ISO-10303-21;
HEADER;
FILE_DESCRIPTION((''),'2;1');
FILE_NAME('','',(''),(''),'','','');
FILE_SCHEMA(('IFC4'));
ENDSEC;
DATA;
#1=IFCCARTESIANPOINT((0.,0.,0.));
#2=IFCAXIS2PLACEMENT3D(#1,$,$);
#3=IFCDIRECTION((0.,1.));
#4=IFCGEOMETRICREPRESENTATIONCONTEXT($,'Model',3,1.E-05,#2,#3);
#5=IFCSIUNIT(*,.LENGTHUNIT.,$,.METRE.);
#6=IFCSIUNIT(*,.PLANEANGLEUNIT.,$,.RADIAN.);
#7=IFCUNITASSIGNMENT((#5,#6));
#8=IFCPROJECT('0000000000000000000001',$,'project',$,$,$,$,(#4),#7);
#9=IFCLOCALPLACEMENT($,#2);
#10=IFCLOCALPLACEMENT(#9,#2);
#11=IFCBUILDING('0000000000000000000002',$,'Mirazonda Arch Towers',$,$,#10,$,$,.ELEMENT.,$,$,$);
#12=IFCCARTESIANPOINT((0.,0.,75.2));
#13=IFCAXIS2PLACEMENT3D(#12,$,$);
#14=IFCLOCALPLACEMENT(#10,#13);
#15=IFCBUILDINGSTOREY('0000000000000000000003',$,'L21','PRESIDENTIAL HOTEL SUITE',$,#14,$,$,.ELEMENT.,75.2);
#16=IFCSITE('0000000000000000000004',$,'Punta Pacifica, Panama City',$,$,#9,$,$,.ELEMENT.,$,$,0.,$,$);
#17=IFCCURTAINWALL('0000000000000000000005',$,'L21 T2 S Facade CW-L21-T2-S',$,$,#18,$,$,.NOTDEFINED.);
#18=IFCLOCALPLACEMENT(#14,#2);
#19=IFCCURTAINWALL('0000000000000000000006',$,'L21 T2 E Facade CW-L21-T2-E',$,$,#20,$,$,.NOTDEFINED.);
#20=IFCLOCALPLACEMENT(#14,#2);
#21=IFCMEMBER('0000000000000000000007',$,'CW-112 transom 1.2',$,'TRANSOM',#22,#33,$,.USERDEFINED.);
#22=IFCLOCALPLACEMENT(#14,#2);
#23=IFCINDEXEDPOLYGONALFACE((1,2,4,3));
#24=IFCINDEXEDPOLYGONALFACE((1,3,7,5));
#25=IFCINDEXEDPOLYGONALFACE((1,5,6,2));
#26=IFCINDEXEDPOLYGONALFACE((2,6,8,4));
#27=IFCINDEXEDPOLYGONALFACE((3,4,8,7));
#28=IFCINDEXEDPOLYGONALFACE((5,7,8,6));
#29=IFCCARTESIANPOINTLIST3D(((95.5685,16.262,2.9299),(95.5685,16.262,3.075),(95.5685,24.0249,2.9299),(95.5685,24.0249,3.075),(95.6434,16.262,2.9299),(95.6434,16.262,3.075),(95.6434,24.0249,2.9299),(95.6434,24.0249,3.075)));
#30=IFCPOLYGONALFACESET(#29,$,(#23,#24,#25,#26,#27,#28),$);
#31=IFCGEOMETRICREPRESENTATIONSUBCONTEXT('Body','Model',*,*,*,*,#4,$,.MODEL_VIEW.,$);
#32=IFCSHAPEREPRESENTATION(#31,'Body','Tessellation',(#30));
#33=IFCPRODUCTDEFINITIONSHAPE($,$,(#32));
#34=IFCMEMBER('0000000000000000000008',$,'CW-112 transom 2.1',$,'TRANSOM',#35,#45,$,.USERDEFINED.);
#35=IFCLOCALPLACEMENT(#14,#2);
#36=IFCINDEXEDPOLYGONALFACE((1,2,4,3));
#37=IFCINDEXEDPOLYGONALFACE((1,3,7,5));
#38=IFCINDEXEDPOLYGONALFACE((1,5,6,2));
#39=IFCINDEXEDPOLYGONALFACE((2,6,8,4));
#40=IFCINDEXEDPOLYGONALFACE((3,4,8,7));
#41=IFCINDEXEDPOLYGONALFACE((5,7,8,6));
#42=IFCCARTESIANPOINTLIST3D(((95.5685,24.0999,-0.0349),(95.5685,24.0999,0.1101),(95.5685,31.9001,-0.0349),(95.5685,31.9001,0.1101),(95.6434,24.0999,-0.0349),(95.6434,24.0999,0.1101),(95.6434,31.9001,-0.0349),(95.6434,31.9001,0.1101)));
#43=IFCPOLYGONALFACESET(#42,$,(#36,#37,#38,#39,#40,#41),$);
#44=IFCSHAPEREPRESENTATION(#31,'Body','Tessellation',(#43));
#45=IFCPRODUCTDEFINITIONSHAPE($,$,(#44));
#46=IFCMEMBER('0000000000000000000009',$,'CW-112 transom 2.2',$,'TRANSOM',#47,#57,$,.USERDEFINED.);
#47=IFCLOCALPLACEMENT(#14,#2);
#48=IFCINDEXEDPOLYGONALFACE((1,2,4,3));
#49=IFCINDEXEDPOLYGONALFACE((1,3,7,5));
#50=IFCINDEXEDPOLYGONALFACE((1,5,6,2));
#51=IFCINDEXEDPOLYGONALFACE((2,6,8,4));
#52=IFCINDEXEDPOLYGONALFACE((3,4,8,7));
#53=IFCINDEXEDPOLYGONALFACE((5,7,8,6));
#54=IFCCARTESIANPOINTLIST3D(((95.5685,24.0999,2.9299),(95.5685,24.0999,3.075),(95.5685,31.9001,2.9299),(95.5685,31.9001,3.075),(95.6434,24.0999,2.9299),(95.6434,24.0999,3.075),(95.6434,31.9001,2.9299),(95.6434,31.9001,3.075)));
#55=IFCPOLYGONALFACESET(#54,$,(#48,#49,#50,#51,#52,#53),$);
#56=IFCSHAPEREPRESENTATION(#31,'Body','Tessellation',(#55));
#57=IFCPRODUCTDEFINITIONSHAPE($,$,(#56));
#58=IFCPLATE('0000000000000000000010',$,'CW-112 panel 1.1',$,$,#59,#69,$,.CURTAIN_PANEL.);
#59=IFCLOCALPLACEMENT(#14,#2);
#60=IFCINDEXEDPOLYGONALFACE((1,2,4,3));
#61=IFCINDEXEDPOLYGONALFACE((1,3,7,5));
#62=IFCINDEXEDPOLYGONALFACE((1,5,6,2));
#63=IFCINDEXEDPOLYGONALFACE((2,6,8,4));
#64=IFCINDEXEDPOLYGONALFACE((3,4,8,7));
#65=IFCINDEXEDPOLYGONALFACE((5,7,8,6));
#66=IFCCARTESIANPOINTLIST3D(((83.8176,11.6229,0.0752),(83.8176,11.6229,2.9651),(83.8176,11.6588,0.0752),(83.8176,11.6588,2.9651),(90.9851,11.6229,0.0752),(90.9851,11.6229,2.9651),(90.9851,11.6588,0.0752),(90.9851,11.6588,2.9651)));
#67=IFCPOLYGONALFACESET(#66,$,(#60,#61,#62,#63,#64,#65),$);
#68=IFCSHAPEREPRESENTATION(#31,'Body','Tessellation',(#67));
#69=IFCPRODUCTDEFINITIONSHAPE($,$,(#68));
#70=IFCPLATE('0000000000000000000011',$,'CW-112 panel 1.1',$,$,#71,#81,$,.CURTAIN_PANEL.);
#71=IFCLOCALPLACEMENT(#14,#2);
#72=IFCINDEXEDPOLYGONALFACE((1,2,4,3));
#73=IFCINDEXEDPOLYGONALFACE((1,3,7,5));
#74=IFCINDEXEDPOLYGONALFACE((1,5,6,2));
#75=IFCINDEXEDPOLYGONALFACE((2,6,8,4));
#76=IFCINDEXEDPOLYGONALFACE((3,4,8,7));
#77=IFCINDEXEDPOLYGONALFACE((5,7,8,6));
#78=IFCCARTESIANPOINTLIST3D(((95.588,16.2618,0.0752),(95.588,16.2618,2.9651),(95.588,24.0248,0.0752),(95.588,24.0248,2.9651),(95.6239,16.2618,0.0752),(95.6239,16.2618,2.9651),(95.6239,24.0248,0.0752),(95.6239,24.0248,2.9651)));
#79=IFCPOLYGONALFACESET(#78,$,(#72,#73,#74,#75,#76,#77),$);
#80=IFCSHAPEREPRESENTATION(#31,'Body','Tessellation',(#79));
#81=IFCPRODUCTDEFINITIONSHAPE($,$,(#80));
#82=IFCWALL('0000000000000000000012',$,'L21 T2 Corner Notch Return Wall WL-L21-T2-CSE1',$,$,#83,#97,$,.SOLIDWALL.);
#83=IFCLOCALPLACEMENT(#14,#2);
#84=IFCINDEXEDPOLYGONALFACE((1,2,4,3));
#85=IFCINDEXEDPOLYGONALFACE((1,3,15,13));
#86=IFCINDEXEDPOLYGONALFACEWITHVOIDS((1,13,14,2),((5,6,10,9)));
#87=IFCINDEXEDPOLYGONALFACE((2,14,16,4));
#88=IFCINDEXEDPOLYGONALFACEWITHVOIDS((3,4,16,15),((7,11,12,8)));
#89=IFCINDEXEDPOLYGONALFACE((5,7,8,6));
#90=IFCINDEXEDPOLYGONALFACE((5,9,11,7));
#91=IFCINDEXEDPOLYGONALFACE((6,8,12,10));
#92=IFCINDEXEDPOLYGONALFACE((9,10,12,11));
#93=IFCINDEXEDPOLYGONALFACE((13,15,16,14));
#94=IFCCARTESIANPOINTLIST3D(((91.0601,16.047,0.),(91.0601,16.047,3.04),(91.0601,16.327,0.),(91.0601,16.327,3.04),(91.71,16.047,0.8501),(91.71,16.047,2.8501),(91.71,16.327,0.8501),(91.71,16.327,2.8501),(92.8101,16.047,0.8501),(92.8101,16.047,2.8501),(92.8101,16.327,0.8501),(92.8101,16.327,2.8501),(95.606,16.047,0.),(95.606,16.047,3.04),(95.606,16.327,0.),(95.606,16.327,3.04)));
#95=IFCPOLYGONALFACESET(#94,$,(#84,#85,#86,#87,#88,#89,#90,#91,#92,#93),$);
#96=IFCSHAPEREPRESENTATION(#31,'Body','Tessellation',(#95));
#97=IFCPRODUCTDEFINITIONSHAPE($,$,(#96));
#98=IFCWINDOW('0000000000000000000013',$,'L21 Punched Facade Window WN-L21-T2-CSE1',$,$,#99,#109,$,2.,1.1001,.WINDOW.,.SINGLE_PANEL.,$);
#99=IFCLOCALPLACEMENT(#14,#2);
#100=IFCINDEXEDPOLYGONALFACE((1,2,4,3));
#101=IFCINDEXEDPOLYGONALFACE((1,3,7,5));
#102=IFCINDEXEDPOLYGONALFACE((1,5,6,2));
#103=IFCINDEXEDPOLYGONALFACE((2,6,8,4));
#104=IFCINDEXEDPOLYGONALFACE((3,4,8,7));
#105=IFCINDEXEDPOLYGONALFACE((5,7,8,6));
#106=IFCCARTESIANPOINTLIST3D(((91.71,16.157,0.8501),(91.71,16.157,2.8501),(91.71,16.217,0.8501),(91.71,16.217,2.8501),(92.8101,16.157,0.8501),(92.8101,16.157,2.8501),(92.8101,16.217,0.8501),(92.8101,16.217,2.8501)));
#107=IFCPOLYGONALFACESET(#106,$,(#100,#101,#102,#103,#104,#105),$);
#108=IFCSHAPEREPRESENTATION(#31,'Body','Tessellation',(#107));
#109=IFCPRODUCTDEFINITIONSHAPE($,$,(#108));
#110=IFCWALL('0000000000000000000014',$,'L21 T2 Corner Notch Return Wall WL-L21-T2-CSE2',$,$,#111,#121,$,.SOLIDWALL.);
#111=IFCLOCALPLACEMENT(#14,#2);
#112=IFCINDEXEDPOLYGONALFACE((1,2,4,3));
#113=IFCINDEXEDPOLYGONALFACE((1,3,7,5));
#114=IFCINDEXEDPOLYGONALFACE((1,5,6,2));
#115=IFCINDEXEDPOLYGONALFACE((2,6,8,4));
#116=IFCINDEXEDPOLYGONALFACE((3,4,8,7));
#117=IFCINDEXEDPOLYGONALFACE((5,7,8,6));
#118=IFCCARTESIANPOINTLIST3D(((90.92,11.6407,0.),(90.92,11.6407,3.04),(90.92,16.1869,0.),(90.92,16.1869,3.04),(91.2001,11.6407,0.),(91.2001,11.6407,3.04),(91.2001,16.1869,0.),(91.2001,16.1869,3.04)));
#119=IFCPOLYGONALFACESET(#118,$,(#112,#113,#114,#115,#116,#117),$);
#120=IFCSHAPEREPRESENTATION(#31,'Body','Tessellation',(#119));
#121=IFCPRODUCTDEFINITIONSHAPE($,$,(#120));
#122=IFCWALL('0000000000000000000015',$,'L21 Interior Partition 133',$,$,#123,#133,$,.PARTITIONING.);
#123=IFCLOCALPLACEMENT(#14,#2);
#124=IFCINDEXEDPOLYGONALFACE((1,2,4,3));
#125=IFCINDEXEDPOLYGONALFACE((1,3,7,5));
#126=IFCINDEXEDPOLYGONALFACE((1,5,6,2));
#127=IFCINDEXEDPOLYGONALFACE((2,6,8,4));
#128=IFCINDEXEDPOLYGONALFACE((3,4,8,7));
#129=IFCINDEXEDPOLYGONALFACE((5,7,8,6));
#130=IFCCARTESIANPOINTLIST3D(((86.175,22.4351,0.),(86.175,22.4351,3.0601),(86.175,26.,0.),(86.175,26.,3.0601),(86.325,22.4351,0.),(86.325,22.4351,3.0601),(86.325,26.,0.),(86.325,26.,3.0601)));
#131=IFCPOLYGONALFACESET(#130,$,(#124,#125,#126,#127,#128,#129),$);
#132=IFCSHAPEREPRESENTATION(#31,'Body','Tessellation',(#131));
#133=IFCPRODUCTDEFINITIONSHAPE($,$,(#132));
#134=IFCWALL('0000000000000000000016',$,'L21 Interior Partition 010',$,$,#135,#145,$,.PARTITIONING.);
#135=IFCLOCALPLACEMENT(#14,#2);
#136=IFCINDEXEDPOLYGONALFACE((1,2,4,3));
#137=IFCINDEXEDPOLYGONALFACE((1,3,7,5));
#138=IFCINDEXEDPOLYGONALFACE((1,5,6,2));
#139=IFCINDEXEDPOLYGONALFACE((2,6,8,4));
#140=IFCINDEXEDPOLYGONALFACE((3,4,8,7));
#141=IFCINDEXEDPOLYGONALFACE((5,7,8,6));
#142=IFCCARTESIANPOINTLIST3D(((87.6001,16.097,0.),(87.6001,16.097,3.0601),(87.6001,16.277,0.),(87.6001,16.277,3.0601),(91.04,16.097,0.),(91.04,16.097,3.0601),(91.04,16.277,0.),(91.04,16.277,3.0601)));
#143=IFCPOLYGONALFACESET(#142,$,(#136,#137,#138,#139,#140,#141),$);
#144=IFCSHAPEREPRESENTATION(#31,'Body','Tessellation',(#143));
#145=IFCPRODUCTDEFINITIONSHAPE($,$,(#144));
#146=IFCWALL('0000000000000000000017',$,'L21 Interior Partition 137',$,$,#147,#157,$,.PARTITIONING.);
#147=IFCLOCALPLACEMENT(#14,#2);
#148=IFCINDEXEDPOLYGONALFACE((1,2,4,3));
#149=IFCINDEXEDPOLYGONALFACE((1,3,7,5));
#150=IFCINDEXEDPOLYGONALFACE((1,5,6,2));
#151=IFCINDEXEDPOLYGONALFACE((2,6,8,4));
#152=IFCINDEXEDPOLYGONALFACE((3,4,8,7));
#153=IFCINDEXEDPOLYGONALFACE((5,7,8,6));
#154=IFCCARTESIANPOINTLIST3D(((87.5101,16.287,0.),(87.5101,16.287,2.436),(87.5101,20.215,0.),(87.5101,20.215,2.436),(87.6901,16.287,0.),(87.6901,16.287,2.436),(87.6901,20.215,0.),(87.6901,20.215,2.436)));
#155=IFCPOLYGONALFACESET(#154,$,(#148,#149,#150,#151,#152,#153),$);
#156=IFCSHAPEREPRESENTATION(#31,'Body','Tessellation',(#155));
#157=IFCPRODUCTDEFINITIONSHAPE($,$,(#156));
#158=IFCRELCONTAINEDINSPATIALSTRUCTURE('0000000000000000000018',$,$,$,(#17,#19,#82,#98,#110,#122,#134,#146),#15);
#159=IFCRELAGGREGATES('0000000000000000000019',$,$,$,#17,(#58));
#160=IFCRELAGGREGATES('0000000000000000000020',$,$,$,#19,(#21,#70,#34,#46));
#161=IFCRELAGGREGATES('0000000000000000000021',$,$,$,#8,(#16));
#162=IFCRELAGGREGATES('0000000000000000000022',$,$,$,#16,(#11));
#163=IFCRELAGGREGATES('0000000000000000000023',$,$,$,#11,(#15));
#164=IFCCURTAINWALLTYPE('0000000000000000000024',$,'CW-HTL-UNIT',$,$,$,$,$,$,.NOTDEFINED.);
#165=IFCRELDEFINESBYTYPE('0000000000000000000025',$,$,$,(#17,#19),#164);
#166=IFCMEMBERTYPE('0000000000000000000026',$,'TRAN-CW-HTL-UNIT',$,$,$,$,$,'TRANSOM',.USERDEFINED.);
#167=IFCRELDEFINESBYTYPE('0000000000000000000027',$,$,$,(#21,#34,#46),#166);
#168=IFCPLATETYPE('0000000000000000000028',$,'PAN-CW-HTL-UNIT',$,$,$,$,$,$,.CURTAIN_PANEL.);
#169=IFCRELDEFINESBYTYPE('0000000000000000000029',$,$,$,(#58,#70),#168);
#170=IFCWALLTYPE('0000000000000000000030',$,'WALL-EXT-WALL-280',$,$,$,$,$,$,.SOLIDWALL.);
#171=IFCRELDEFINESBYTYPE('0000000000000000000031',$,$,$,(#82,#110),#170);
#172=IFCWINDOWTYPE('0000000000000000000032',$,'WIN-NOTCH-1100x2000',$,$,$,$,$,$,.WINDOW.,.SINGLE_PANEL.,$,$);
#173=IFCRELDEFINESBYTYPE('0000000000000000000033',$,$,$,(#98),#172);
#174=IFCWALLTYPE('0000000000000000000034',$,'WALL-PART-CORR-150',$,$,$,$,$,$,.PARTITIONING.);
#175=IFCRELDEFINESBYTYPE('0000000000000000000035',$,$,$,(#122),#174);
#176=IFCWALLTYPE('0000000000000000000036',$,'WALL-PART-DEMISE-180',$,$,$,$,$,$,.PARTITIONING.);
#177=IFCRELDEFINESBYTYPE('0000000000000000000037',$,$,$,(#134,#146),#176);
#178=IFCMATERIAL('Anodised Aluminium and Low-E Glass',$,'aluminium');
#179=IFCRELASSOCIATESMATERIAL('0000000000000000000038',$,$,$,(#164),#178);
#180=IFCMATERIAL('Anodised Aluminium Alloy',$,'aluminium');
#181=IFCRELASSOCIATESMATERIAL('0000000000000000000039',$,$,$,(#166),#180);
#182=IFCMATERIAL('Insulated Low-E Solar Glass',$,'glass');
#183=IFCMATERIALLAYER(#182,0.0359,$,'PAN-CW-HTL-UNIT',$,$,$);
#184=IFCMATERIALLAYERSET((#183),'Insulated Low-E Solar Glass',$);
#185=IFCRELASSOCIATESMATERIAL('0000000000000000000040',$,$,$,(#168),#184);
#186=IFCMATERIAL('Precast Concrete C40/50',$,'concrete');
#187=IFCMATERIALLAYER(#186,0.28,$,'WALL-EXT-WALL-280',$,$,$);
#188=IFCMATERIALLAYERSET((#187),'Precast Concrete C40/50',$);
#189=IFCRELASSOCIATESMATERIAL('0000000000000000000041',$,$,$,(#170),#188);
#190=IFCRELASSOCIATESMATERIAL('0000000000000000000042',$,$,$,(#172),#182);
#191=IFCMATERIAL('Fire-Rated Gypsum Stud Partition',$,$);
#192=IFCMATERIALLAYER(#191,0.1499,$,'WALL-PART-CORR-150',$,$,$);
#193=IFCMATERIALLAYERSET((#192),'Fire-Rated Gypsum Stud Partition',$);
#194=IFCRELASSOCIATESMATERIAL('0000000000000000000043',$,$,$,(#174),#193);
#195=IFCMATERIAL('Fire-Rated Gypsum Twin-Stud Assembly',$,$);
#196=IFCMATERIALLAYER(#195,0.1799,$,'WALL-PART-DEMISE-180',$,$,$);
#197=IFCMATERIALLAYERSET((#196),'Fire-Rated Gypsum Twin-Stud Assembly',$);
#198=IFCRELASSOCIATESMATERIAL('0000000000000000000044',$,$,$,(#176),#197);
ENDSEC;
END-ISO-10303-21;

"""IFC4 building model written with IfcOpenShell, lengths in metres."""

from ifc_helpers import new_model, si_unit, direction, frame, frame_2d, origin, origin_2d, place, context, subcontext, project, spatial, rectangle, extrude, material, layer, layer_set, material_profile, profile_set, type_object, element, fill, aggregate, save


model = new_model("IFC4")

# Units and contexts
model_context = context("Model", 3, precision=1e-05, world=origin(), true_north=direction((0.0, 1.0)))
body_context = subcontext(model_context, "Body", "Model", "MODEL_VIEW")
ifc_project = project(units=[si_unit("LENGTHUNIT", "METRE"), si_unit("PLANEANGLEUNIT", "RADIAN")], contexts=[model_context])

# Site, building, storey
site_placement = place(None, origin())
site = spatial("IfcSite", under=ifc_project, at=site_placement, Name="Punta Pacifica, Panama City", CompositionType="ELEMENT", RefElevation=0.0)
building_placement = place(site_placement, origin())
building = spatial("IfcBuilding", under=site, at=building_placement, Name="Mirazonda Arch Towers", CompositionType="ELEMENT")
storey_placement = place(building_placement, frame((0.0, 0.0, 75.2)))
storey = spatial("IfcBuildingStorey", under=building, at=storey_placement, Name="L21", Description="PRESIDENTIAL HOTEL SUITE", CompositionType="ELEMENT", Elevation=75.2)

# Curtain wall
ifc_material_1 = material(Name="Anodised Aluminium and Low-E Glass", Category="aluminium")
curtain_wall_type = type_object("IfcCurtainWallType", Name="CW-HTL-UNIT", PredefinedType="NOTDEFINED", material=ifc_material_1)
curtain_wall_1_placement = place(storey_placement, origin())
curtain_wall_1 = element("IfcCurtainWall", 1, at=curtain_wall_1_placement, inside=storey, type_object=curtain_wall_type, Name="L21 T2 S Facade CW-L21-T2-S", PredefinedType="NOTDEFINED")
ifc_material_2 = material(Name="Anodised Aluminium Alloy", Category="aluminium")

# Curtain wall
curtain_wall_2_placement = place(storey_placement, origin())
curtain_wall_2 = element("IfcCurtainWall", 2, at=curtain_wall_2_placement, inside=storey, type_object=curtain_wall_type, Name="L21 T2 E Facade CW-L21-T2-E", PredefinedType="NOTDEFINED")

# Members
ifc_material_profile_1 = material_profile(ifc_material_2, rectangle(XDim=0.075, YDim=0.145, at=origin_2d()), Name="ALU-TRAN-75x145")
ifc_profile_set_1 = profile_set([ifc_material_profile_1], Name="Anodised Aluminium Alloy")
member_type_1 = type_object("IfcMemberType", Name="TRAN-CW-HTL-UNIT", ElementType="TRANSOM", PredefinedType="USERDEFINED", material=ifc_profile_set_1)
member_1_placement = place(storey_placement, frame((95.606, 16.262, 3.0024), z_axis=(0.0, 1.0, 0.0), x_axis=(-1.0, 0.0, 0.0)))
member_1 = element("IfcMember", 3, at=member_1_placement, type_object=member_type_1, Name="CW-112 transom 1.2", ObjectType="TRANSOM", PredefinedType="USERDEFINED", context=body_context, shape_type="SweptSolid", body=[
    extrude(rectangle(XDim=0.075, YDim=0.145, at=origin_2d()), origin(), (0.0, 0.0, 1.0), 7.7629),
])
member_2_placement = place(storey_placement, frame((95.606, 24.0999, 0.0376), z_axis=(0.0, 1.0, 0.0), x_axis=(-1.0, 0.0, 0.0)))
member_2 = element("IfcMember", 4, at=member_2_placement, type_object=member_type_1, Name="CW-112 transom 2.1", ObjectType="TRANSOM", PredefinedType="USERDEFINED", context=body_context, shape_type="SweptSolid", body=[
    extrude(rectangle(XDim=0.075, YDim=0.145, at=origin_2d()), origin(), (0.0, 0.0, 1.0), 7.8003),
])
member_3_placement = place(storey_placement, frame((95.606, 24.0999, 3.0024), z_axis=(0.0, 1.0, 0.0), x_axis=(-1.0, 0.0, 0.0)))
member_3 = element("IfcMember", 5, at=member_3_placement, type_object=member_type_1, Name="CW-112 transom 2.2", ObjectType="TRANSOM", PredefinedType="USERDEFINED", context=body_context, shape_type="SweptSolid", body=[
    extrude(rectangle(XDim=0.075, YDim=0.145, at=origin_2d()), origin(), (0.0, 0.0, 1.0), 7.8003),
])

# Plates
ifc_material_3 = material(Name="Insulated Low-E Solar Glass", Category="glass")
ifc_layer_1 = layer(ifc_material_3, 0.0359, Name="PAN-CW-HTL-UNIT")
ifc_layer_set_1 = layer_set([ifc_layer_1], Name="Insulated Low-E Solar Glass")
plate_type = type_object("IfcPlateType", Name="PAN-CW-HTL-UNIT", PredefinedType="CURTAIN_PANEL", material=ifc_layer_set_1)
plate_1_placement = place(storey_placement, frame((87.4014, 11.6409, 0.0752), z_axis=(0.0, 0.0, 1.0), x_axis=(-1.0, 0.0, 0.0)))
plate_1 = element("IfcPlate", 6, at=plate_1_placement, type_object=plate_type, Name="CW-112 panel 1.1", PredefinedType="CURTAIN_PANEL", context=body_context, shape_type="SweptSolid", body=[
    extrude(rectangle(XDim=7.1675, YDim=0.0359, at=origin_2d()), origin(), (0.0, 0.0, 1.0), 2.8899),
])
aggregate(curtain_wall_1, [plate_1])
plate_2_placement = place(storey_placement, frame((95.606, 20.1433, 0.0752), z_axis=(0.0, 0.0, 1.0), x_axis=(0.0, 1.0, 0.0)))
plate_2 = element("IfcPlate", 7, at=plate_2_placement, type_object=plate_type, Name="CW-112 panel 1.1", PredefinedType="CURTAIN_PANEL", context=body_context, shape_type="SweptSolid", body=[
    extrude(rectangle(XDim=7.7629, YDim=0.0359, at=origin_2d()), origin(), (0.0, 0.0, 1.0), 2.8899),
])
aggregate(curtain_wall_2, [member_1, plate_2, member_2, member_3])

# Wall, opening, window
ifc_material_4 = material(Name="Precast Concrete C40/50", Category="concrete")
ifc_layer_2 = layer(ifc_material_4, 0.28, Name="WALL-EXT-WALL-280")
ifc_layer_set_2 = layer_set([ifc_layer_2], Name="Precast Concrete C40/50")
wall_type_1 = type_object("IfcWallType", Name="WALL-EXT-WALL-280", PredefinedType="SOLIDWALL", material=ifc_layer_set_2)
wall_1_placement = place(storey_placement, frame((91.0601, 16.187, 0.0), z_axis=(0.0, 0.0, 1.0), x_axis=(1.0, 0.0, 0.0)))
wall_1 = element("IfcWall", 8, at=wall_1_placement, inside=storey, type_object=wall_type_1, Name="L21 T2 Corner Notch Return Wall WL-L21-T2-CSE1", PredefinedType="SOLIDWALL", context=body_context, shape_type="SweptSolid", body=[
    extrude(rectangle(XDim=4.5459, YDim=0.28, at=frame_2d((2.2729, 0.0))), origin(), (0.0, 0.0, 1.0), 3.04),
])
opening_1_placement = place(wall_1_placement, frame((0.6499, 0.0, 0.8501)))
opening_1 = element("IfcOpeningElement", 9, at=opening_1_placement, cuts=wall_1, PredefinedType="OPENING", context=body_context, shape_type="SweptSolid", body=[
    extrude(rectangle(XDim=1.1001, YDim=2.0, at=frame_2d((0.55, 1.0))), frame((0.0, 0.1499, 0.0), z_axis=(0.0, -1.0, 0.0), x_axis=(1.0, 0.0, 0.0)), (0.0, 0.0, 1.0), 0.3),
])
window_type = type_object("IfcWindowType", Name="WIN-NOTCH-1100x2000", PartitioningType="SINGLE_PANEL", PredefinedType="WINDOW", material=ifc_material_3)
window_placement = place(opening_1_placement, origin())
window = element("IfcWindow", 10, at=window_placement, inside=storey, type_object=window_type, Name="L21 Punched Facade Window WN-L21-T2-CSE1", OverallHeight=2.0, OverallWidth=1.1001, PartitioningType="SINGLE_PANEL", PredefinedType="WINDOW", context=body_context, shape_type="SweptSolid", body=[
    extrude(rectangle(XDim=1.1001, YDim=2.0, at=frame_2d((0.55, 1.0))), frame((0.0, 0.03, 0.0), z_axis=(0.0, -1.0, 0.0), x_axis=(1.0, 0.0, 0.0)), (0.0, 0.0, 1.0), 0.0601),
])
fill(opening_1, window)

# Walls
wall_2_placement = place(storey_placement, frame((91.0601, 11.6409, 0.0), z_axis=(0.0, 0.0, 1.0), x_axis=(0.0, 1.0, 0.0)))
element("IfcWall", 11, at=wall_2_placement, inside=storey, type_object=wall_type_1, Name="L21 T2 Corner Notch Return Wall WL-L21-T2-CSE2", PredefinedType="SOLIDWALL", context=body_context, shape_type="SweptSolid", body=[
    extrude(rectangle(XDim=4.5461, YDim=0.28, at=frame_2d((2.2729, 0.0))), origin(), (0.0, 0.0, 1.0), 3.04),
])
ifc_material_5 = material(Name="Fire-Rated Gypsum Stud Partition")
ifc_layer_3 = layer(ifc_material_5, 0.1499, Name="WALL-PART-CORR-150")
ifc_layer_set_3 = layer_set([ifc_layer_3], Name="Fire-Rated Gypsum Stud Partition")
wall_type_2 = type_object("IfcWallType", Name="WALL-PART-CORR-150", PredefinedType="PARTITIONING", material=ifc_layer_set_3)
wall_3_placement = place(storey_placement, frame((86.25, 22.4351, 0.0), z_axis=(0.0, 0.0, 1.0), x_axis=(0.0, 1.0, 0.0)))
element("IfcWall", 12, at=wall_3_placement, inside=storey, type_object=wall_type_2, Name="L21 Interior Partition 133", PredefinedType="PARTITIONING", context=body_context, shape_type="SweptSolid", body=[
    extrude(rectangle(XDim=3.5649, YDim=0.1499, at=frame_2d((1.7825, 0.0))), origin(), (0.0, 0.0, 1.0), 3.0601),
])
ifc_material_6 = material(Name="Fire-Rated Gypsum Twin-Stud Assembly")
ifc_layer_4 = layer(ifc_material_6, 0.1799, Name="WALL-PART-DEMISE-180")
ifc_layer_set_4 = layer_set([ifc_layer_4], Name="Fire-Rated Gypsum Twin-Stud Assembly")
wall_type_3 = type_object("IfcWallType", Name="WALL-PART-DEMISE-180", PredefinedType="PARTITIONING", material=ifc_layer_set_4)
wall_4_placement = place(storey_placement, frame((87.6001, 16.187, 0.0), z_axis=(0.0, 0.0, 1.0), x_axis=(1.0, 0.0, 0.0)))
element("IfcWall", 13, at=wall_4_placement, inside=storey, type_object=wall_type_3, Name="L21 Interior Partition 010", PredefinedType="PARTITIONING", context=body_context, shape_type="SweptSolid", body=[
    extrude(rectangle(XDim=3.4399, YDim=0.1799, at=frame_2d((1.72, 0.0))), origin(), (0.0, 0.0, 1.0), 3.0601),
])

# Wall
wall_5_placement = place(storey_placement, frame((87.6001, 16.2871, 0.0), z_axis=(0.0, 0.0, 1.0), x_axis=(0.0, 1.0, 0.0)))
element("IfcWall", 14, at=wall_5_placement, inside=storey, type_object=wall_type_3, Name="L21 Interior Partition 137", PredefinedType="PARTITIONING", context=body_context, shape_type="SweptSolid", body=[
    extrude(rectangle(XDim=3.928, YDim=0.1799, at=frame_2d((1.9639, 0.0))), origin(), (0.0, 0.0, 1.0), 2.436),
])

save(model, "model.ifc")
